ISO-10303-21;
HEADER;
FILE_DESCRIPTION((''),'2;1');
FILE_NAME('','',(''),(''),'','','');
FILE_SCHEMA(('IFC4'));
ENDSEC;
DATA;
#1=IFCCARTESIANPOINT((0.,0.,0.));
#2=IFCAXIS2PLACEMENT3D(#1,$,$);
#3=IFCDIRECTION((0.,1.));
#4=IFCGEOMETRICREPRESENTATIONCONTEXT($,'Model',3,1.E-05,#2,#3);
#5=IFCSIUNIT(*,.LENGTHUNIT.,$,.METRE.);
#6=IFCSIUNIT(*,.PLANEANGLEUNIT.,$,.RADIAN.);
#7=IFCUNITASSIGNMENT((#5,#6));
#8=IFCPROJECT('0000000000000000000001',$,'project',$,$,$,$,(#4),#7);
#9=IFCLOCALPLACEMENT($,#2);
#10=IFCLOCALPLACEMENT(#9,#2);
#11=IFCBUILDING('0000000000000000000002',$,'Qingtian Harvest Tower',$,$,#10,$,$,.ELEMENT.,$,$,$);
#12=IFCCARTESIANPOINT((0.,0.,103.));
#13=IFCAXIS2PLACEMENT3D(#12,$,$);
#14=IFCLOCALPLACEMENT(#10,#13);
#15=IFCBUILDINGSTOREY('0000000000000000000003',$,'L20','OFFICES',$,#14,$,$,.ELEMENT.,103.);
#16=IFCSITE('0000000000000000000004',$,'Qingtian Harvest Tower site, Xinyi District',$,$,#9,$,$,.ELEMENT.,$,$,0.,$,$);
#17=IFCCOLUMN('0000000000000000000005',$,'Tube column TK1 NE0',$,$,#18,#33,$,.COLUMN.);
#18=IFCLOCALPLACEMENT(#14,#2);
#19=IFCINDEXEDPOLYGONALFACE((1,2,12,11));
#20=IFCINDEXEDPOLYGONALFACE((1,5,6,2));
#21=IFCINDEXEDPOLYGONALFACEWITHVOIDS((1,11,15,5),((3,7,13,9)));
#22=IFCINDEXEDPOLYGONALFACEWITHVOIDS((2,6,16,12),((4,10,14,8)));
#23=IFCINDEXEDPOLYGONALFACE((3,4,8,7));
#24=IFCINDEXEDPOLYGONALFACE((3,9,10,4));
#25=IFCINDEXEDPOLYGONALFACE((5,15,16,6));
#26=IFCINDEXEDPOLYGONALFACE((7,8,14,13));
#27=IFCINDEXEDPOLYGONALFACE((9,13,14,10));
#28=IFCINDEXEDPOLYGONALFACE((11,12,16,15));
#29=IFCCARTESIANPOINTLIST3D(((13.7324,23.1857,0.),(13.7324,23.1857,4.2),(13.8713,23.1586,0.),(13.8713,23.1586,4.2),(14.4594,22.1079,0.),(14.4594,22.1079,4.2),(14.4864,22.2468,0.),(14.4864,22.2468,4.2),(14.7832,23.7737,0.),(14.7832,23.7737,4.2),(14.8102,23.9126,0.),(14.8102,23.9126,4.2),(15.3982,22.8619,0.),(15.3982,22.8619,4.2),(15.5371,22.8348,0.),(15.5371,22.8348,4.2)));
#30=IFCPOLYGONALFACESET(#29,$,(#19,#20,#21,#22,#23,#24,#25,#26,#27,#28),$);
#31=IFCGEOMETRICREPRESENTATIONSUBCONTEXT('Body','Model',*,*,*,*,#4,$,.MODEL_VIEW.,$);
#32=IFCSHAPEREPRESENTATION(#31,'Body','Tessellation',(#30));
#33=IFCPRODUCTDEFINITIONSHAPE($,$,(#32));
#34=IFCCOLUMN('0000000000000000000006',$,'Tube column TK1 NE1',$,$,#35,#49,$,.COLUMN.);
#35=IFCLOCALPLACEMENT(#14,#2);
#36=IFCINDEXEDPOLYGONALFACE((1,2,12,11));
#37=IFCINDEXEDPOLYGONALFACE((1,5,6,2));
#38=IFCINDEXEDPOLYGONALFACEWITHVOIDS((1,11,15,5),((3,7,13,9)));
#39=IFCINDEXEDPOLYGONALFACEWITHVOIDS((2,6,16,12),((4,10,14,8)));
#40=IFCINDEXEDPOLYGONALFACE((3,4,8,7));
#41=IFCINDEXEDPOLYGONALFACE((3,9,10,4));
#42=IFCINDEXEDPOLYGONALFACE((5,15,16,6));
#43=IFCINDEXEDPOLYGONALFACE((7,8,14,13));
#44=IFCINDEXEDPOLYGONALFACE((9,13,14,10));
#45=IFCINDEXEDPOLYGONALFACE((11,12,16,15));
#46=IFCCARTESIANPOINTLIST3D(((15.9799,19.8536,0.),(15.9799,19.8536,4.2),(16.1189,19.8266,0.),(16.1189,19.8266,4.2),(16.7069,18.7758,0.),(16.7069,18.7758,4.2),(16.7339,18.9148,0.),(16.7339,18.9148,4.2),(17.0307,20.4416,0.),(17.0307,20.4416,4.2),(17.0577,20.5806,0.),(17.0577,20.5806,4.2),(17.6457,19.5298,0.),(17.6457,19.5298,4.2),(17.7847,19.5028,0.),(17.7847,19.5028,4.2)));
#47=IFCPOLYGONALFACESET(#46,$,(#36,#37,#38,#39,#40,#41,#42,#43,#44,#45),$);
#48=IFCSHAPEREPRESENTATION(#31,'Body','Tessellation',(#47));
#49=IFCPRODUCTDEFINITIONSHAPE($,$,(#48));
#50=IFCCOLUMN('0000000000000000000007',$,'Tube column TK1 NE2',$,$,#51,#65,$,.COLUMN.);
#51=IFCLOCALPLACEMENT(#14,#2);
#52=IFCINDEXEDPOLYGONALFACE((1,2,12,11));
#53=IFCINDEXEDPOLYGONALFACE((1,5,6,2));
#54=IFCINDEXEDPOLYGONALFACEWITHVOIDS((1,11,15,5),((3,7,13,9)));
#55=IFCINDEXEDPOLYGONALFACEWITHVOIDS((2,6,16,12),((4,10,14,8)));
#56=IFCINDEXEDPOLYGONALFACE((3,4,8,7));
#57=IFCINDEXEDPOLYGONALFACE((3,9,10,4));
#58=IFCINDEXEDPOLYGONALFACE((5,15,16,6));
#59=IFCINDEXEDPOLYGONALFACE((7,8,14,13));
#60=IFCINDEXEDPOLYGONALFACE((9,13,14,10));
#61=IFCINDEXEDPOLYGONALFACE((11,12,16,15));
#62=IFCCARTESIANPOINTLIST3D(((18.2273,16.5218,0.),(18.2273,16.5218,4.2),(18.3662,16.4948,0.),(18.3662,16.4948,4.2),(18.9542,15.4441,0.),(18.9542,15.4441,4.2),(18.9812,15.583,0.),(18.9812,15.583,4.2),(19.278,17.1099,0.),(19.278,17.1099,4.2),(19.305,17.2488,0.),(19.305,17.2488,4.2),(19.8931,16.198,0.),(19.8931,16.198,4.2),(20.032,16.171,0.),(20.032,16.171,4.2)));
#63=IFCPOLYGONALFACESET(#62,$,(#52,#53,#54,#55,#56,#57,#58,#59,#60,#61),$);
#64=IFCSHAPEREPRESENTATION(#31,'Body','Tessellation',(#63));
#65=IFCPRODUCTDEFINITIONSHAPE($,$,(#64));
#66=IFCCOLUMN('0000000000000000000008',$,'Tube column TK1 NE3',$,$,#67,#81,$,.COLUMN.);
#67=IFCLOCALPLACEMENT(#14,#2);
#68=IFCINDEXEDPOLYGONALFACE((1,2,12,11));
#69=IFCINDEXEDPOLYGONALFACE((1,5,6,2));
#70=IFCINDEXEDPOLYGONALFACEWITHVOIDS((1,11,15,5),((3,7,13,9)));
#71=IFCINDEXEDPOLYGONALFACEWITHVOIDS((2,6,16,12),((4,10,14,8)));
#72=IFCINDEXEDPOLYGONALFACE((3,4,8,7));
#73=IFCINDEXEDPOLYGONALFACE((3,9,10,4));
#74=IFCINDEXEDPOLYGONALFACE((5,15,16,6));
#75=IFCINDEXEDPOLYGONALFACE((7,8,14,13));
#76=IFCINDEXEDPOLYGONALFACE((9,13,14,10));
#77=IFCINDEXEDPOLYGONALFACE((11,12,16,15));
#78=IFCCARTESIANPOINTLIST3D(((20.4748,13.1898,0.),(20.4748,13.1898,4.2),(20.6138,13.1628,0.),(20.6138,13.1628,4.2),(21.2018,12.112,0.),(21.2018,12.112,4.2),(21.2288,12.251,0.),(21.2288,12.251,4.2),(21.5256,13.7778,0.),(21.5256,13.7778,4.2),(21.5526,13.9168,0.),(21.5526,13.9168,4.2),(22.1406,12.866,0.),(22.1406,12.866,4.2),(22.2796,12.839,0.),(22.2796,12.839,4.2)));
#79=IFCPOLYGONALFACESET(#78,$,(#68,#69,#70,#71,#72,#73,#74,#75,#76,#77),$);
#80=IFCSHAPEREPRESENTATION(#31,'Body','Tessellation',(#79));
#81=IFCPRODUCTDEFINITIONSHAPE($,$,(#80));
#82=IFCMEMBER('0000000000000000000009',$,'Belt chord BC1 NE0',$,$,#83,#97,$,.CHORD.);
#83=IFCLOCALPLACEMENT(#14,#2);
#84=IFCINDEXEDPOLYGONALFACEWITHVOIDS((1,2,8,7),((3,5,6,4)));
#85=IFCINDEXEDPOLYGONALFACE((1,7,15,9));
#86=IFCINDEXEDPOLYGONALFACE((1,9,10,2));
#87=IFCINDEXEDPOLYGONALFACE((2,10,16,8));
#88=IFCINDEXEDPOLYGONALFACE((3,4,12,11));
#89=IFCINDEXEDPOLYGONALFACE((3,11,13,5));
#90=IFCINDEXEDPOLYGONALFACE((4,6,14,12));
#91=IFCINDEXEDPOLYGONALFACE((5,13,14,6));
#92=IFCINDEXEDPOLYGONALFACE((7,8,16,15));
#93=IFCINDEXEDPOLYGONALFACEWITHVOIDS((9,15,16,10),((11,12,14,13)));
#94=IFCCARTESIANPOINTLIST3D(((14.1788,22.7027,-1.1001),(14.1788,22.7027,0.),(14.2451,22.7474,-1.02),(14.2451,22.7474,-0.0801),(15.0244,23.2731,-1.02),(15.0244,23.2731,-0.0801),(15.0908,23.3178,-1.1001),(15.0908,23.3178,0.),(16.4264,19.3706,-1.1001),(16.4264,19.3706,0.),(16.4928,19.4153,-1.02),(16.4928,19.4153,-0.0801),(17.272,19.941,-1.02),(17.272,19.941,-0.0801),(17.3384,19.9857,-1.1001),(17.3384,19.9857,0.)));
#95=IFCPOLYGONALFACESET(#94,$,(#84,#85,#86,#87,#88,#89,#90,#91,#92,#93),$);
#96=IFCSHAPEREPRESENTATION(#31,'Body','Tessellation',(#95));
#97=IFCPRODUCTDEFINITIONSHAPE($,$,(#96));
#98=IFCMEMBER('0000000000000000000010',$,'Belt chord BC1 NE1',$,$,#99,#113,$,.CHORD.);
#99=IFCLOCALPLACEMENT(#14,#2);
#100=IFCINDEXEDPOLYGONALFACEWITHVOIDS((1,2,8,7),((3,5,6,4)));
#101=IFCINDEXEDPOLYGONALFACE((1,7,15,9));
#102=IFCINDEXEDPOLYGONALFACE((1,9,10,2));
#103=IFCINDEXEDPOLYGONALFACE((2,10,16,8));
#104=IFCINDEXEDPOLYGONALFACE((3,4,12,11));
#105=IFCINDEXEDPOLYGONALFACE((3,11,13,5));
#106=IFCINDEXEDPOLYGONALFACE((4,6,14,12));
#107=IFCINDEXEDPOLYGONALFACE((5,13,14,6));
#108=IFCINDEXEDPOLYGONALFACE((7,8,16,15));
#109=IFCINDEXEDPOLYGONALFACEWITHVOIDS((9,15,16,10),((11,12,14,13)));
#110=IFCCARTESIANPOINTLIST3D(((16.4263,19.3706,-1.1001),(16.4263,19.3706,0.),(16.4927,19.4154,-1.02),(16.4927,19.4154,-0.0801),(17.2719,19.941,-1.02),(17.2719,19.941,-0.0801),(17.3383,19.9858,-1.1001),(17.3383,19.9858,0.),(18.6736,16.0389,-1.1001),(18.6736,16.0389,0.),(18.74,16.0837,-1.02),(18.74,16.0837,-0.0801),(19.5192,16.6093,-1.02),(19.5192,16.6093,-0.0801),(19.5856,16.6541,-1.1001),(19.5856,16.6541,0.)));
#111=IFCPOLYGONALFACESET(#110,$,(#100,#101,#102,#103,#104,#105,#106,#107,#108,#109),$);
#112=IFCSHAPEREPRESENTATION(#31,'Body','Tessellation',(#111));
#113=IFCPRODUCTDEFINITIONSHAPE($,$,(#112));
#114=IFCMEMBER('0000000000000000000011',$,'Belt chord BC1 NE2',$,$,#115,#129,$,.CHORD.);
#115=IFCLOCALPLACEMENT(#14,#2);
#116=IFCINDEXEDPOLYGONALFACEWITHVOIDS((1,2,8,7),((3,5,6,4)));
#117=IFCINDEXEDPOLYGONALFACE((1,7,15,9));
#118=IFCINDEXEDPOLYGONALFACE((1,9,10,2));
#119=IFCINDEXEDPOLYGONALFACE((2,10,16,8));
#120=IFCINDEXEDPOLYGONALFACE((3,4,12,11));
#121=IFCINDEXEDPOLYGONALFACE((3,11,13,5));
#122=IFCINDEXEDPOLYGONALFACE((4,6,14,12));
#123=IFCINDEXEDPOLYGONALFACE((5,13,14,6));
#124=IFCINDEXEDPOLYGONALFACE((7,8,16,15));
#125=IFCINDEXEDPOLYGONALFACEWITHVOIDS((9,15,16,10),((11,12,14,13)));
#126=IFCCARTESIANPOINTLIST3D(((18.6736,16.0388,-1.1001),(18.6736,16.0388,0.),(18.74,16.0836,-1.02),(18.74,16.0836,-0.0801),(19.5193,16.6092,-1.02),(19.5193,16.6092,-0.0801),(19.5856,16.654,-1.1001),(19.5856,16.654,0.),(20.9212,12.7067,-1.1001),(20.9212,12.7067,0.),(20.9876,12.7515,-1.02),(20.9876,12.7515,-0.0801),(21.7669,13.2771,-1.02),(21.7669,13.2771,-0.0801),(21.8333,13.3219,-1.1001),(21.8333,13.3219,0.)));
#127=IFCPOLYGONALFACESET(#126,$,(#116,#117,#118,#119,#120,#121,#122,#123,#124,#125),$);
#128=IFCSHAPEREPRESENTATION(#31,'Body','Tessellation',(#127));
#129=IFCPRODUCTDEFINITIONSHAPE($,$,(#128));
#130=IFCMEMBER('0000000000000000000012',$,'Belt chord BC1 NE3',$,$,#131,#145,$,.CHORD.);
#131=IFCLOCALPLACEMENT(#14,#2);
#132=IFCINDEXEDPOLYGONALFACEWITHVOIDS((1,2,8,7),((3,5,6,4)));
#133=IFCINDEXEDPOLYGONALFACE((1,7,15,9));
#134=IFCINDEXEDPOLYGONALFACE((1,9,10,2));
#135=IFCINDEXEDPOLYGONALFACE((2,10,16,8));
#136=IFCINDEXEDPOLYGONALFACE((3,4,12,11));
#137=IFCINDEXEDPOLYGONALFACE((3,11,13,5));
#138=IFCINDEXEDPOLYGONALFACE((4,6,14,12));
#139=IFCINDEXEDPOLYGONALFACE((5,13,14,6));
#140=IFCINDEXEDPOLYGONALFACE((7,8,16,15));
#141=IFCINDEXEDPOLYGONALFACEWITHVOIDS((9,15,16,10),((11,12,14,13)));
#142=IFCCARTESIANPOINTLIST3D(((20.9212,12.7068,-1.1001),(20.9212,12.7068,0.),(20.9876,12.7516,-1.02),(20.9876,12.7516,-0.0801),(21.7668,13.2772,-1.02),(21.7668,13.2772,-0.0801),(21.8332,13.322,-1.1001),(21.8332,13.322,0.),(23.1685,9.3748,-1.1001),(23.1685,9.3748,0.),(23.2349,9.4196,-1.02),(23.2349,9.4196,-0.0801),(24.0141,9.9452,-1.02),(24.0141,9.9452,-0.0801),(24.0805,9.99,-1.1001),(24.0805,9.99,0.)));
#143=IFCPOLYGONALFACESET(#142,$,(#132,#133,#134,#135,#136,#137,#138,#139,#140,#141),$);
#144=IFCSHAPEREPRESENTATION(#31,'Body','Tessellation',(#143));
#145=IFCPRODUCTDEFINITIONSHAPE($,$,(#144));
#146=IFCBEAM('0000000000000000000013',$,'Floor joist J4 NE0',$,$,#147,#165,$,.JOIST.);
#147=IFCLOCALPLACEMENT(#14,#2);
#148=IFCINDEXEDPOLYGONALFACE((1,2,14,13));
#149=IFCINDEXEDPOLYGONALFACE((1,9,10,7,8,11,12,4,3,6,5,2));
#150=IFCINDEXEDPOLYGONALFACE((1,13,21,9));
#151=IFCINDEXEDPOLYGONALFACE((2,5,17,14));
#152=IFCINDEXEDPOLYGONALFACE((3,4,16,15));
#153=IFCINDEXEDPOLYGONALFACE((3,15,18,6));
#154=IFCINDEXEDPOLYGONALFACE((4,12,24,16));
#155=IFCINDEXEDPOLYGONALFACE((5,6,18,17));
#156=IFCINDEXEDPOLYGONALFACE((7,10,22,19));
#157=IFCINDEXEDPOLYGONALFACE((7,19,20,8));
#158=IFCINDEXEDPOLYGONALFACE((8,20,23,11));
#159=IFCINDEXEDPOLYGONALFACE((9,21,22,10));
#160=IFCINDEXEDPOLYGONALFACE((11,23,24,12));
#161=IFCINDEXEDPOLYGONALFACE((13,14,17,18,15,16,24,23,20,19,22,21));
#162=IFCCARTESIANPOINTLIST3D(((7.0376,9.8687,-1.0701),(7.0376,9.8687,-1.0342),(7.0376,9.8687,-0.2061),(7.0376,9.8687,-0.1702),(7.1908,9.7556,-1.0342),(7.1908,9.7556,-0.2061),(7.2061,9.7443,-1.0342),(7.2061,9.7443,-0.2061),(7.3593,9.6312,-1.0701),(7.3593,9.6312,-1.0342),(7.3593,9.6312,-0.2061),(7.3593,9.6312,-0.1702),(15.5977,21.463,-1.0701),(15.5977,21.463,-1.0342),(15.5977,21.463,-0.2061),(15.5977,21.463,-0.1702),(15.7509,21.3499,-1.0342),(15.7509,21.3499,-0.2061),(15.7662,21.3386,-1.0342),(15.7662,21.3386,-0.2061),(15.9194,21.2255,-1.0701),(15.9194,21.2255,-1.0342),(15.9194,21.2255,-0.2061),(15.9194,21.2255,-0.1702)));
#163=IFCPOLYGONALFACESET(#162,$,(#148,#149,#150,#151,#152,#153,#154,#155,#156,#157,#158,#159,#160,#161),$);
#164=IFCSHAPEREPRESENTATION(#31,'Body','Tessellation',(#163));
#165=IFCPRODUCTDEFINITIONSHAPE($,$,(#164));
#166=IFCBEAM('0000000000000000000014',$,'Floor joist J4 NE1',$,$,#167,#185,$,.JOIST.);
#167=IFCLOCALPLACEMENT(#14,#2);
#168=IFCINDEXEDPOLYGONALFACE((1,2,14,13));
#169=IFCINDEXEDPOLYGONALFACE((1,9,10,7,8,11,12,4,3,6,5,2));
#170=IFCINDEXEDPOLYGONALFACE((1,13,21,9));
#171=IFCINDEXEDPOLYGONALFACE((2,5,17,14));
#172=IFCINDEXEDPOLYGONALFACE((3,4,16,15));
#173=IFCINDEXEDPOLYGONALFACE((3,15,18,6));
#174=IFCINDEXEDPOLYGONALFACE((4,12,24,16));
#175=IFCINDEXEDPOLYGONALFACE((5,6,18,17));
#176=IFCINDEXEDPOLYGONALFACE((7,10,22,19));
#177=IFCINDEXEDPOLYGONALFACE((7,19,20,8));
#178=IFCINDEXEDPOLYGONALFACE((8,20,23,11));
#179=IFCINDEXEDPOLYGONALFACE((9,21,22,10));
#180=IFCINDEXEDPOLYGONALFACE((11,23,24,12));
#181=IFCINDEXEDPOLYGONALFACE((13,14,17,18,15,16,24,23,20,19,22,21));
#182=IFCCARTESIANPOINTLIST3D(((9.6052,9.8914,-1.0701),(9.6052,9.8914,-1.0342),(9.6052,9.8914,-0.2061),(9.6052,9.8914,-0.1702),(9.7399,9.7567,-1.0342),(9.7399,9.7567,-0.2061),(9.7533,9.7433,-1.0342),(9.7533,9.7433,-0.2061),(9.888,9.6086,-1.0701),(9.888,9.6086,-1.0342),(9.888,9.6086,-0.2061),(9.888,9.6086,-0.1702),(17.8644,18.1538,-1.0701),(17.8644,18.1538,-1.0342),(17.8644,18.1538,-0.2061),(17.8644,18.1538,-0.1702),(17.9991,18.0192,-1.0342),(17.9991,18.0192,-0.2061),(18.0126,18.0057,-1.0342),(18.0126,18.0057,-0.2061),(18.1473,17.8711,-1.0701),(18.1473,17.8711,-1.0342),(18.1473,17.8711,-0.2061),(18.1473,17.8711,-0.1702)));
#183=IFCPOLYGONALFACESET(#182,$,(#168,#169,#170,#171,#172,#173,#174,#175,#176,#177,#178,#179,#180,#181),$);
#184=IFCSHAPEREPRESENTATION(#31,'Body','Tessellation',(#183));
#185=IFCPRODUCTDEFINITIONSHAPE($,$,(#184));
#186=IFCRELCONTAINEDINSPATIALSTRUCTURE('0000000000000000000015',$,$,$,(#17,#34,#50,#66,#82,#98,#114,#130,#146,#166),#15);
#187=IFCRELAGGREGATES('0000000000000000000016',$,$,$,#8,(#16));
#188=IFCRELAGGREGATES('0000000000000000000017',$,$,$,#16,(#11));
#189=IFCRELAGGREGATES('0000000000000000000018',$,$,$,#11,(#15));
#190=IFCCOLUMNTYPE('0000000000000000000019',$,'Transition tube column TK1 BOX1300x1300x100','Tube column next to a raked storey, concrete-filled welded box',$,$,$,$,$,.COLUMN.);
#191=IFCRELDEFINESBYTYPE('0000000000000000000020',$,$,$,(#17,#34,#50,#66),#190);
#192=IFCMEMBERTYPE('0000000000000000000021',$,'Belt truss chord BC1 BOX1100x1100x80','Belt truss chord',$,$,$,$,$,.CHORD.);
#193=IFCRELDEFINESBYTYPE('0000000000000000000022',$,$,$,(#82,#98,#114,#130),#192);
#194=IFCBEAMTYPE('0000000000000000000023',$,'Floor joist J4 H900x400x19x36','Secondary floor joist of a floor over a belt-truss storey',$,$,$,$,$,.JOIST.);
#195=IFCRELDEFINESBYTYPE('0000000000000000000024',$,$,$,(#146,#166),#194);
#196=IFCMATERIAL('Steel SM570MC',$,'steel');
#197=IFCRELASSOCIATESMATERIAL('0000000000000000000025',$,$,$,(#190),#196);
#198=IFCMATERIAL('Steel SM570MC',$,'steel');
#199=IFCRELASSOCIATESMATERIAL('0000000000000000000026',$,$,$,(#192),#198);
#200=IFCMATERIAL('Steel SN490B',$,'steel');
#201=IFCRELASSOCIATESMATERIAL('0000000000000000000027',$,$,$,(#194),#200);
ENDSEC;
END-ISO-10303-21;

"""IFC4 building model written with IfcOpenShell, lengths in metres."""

from ifc_helpers import new_model, si_unit, direction, frame, origin, origin_2d, place, context, subcontext, project, spatial, hollow_rectangle, i_section, extrude, material, material_profile, profile_set, type_object, element, save


model = new_model("IFC4")

# Units and contexts
model_context = context("Model", 3, precision=1e-05, world=origin(), true_north=direction((0.0, 1.0)))
body_context = subcontext(model_context, "Body", "Model", "MODEL_VIEW")
ifc_project = project(units=[si_unit("LENGTHUNIT", "METRE"), si_unit("PLANEANGLEUNIT", "RADIAN")], contexts=[model_context])

# Site, building, storey
site_placement = place(None, origin())
site = spatial("IfcSite", under=ifc_project, at=site_placement, Name="Qingtian Harvest Tower site, Xinyi District", CompositionType="ELEMENT", RefElevation=0.0)
building_placement = place(site_placement, origin())
building = spatial("IfcBuilding", under=site, at=building_placement, Name="Qingtian Harvest Tower", CompositionType="ELEMENT")
storey_placement = place(building_placement, frame((0.0, 0.0, 103.0)))
storey = spatial("IfcBuildingStorey", under=building, at=storey_placement, Name="L20", Description="OFFICES", CompositionType="ELEMENT", Elevation=103.0)

# Columns
ifc_material_1 = material(Name="Steel SM570MC", Category="steel")
ifc_material_profile_1 = material_profile(ifc_material_1, hollow_rectangle(XDim=1.3, YDim=1.3, WallThickness=0.1001, at=origin_2d()), Name="BOX1300x1300x100")
ifc_profile_set_1 = profile_set([ifc_material_profile_1], Name="Steel SM570MC")
column_type = type_object("IfcColumnType", Name="Transition tube column TK1 BOX1300x1300x100", Description="Tube column next to a raked storey, concrete-filled welded box", PredefinedType="COLUMN", material=ifc_profile_set_1)
for number, where, z_axis, x_axis, name in (
    (1, (14.6348, 23.0103, 0.0), (0.0, 0.0, 1.0), (-0.559193, 0.829038, 0.0), "Tube column TK1 NE0"),
    (2, (16.8823, 19.6782, 0.0), (0.0, 0.0, 1.0), (-0.559193, 0.829038, 0.0), "Tube column TK1 NE1"),
    (3, (19.1296, 16.3464, 0.0), (0.0, 0.0, 1.0), (-0.559193, 0.829038, 0.0), "Tube column TK1 NE2"),
    (4, (21.3772, 13.0144, 0.0), (0.0, 0.0, 1.0), (-0.559193, 0.829038, 0.0), "Tube column TK1 NE3"),
):
    element("IfcColumn", number, at=place(storey_placement, frame(where, z_axis=z_axis, x_axis=x_axis)), inside=storey, type_object=column_type, Name=name, PredefinedType="COLUMN", context=body_context, shape_type="SweptSolid", body=[
        extrude(hollow_rectangle(XDim=1.3, YDim=1.3, WallThickness=0.1001, at=origin_2d()), origin(), (0.0, 0.0, 1.0), 4.2),
    ])

# Members
ifc_material_2 = material(Name="Steel SM570MC", Category="steel")
ifc_material_profile_2 = material_profile(ifc_material_2, hollow_rectangle(XDim=1.1001, YDim=1.1001, WallThickness=0.0801, at=origin_2d()), Name="BOX1100x1100x80")
ifc_profile_set_2 = profile_set([ifc_material_profile_2], Name="Steel SM570MC")
member_type_1 = type_object("IfcMemberType", Name="Belt truss chord BC1 BOX1100x1100x80", Description="Belt truss chord", PredefinedType="CHORD", material=ifc_profile_set_2)
member_1_placement = place(storey_placement, frame((14.6348, 23.0103, -0.55), z_axis=(0.559206, -0.829029, 0.0), x_axis=(0.829029, 0.559206, 0.0)))
element("IfcMember", 5, at=member_1_placement, inside=storey, type_object=member_type_1, Name="Belt chord BC1 NE0", PredefinedType="CHORD", context=body_context, shape_type="SweptSolid", body=[
    extrude(hollow_rectangle(XDim=1.1001, YDim=1.1001, WallThickness=0.0801, at=origin_2d()), origin(), (0.0, 0.0, 1.0), 4.0193),
])
member_2_placement = place(storey_placement, frame((16.8823, 19.6782, -0.55), z_axis=(0.559192, -0.829038, 0.0), x_axis=(0.829038, 0.559192, 0.0)))
element("IfcMember", 6, at=member_2_placement, inside=storey, type_object=member_type_1, Name="Belt chord BC1 NE1", PredefinedType="CHORD", context=body_context, shape_type="SweptSolid", body=[
    extrude(hollow_rectangle(XDim=1.1001, YDim=1.1001, WallThickness=0.0801, at=origin_2d()), origin(), (0.0, 0.0, 1.0), 4.0188),
])
member_3_placement = place(storey_placement, frame((19.1296, 16.3464, -0.55), z_axis=(0.559206, -0.829029, 0.0), x_axis=(0.829029, 0.559206, 0.0)))
element("IfcMember", 7, at=member_3_placement, inside=storey, type_object=member_type_1, Name="Belt chord BC1 NE2", PredefinedType="CHORD", context=body_context, shape_type="SweptSolid", body=[
    extrude(hollow_rectangle(XDim=1.1001, YDim=1.1001, WallThickness=0.0801, at=origin_2d()), origin(), (0.0, 0.0, 1.0), 4.0193),
])
member_4_placement = place(storey_placement, frame((21.3772, 13.0144, -0.55), z_axis=(0.559164, -0.829057, 0.0), x_axis=(0.829057, 0.559164, 0.0)))
element("IfcMember", 8, at=member_4_placement, inside=storey, type_object=member_type_1, Name="Belt chord BC1 NE3", PredefinedType="CHORD", context=body_context, shape_type="SweptSolid", body=[
    extrude(hollow_rectangle(XDim=1.1001, YDim=1.1001, WallThickness=0.0801, at=origin_2d()), origin(), (0.0, 0.0, 1.0), 4.019),
])

# Beams
ifc_material_3 = material(Name="Steel SN490B", Category="steel")
ifc_material_profile_3 = material_profile(ifc_material_3, i_section(OverallWidth=0.3999, OverallDepth=0.8999, WebThickness=0.019, FlangeThickness=0.0359, at=origin_2d()), Name="H900x400x19x36")
ifc_profile_set_3 = profile_set([ifc_material_profile_3], Name="Steel SN490B")
beam_type_1 = type_object("IfcBeamType", Name="Floor joist J4 H900x400x19x36", Description="Secondary floor joist of a floor over a belt-truss storey", PredefinedType="JOIST", material=ifc_profile_set_3)
beam_1_placement = place(storey_placement, frame((15.7585, 21.3442, -0.6201), z_axis=(-0.59396, -0.804494, 0.0), x_axis=(0.804494, -0.59396, 0.0)))
element("IfcBeam", 9, at=beam_1_placement, inside=storey, type_object=beam_type_1, Name="Floor joist J4 NE0", PredefinedType="JOIST", context=body_context, shape_type="SweptSolid", body=[
    extrude(i_section(OverallWidth=0.3999, OverallDepth=0.8999, WebThickness=0.019, FlangeThickness=0.0359, at=origin_2d()), origin(), (0.0, 0.0, 1.0), 14.4119),
])
beam_2_placement = place(storey_placement, frame((18.0059, 18.0125, -0.6201), z_axis=(-0.706971, -0.707243, 0.0), x_axis=(0.707243, -0.706971, 0.0)))
element("IfcBeam", 10, at=beam_2_placement, inside=storey, type_object=beam_type_1, Name="Floor joist J4 NE1", PredefinedType="JOIST", context=body_context, shape_type="SweptSolid", body=[
    extrude(i_section(OverallWidth=0.3999, OverallDepth=0.8999, WebThickness=0.019, FlangeThickness=0.0359, at=origin_2d()), origin(), (0.0, 0.0, 1.0), 11.6826),
])

save(model, "model.ifc")
